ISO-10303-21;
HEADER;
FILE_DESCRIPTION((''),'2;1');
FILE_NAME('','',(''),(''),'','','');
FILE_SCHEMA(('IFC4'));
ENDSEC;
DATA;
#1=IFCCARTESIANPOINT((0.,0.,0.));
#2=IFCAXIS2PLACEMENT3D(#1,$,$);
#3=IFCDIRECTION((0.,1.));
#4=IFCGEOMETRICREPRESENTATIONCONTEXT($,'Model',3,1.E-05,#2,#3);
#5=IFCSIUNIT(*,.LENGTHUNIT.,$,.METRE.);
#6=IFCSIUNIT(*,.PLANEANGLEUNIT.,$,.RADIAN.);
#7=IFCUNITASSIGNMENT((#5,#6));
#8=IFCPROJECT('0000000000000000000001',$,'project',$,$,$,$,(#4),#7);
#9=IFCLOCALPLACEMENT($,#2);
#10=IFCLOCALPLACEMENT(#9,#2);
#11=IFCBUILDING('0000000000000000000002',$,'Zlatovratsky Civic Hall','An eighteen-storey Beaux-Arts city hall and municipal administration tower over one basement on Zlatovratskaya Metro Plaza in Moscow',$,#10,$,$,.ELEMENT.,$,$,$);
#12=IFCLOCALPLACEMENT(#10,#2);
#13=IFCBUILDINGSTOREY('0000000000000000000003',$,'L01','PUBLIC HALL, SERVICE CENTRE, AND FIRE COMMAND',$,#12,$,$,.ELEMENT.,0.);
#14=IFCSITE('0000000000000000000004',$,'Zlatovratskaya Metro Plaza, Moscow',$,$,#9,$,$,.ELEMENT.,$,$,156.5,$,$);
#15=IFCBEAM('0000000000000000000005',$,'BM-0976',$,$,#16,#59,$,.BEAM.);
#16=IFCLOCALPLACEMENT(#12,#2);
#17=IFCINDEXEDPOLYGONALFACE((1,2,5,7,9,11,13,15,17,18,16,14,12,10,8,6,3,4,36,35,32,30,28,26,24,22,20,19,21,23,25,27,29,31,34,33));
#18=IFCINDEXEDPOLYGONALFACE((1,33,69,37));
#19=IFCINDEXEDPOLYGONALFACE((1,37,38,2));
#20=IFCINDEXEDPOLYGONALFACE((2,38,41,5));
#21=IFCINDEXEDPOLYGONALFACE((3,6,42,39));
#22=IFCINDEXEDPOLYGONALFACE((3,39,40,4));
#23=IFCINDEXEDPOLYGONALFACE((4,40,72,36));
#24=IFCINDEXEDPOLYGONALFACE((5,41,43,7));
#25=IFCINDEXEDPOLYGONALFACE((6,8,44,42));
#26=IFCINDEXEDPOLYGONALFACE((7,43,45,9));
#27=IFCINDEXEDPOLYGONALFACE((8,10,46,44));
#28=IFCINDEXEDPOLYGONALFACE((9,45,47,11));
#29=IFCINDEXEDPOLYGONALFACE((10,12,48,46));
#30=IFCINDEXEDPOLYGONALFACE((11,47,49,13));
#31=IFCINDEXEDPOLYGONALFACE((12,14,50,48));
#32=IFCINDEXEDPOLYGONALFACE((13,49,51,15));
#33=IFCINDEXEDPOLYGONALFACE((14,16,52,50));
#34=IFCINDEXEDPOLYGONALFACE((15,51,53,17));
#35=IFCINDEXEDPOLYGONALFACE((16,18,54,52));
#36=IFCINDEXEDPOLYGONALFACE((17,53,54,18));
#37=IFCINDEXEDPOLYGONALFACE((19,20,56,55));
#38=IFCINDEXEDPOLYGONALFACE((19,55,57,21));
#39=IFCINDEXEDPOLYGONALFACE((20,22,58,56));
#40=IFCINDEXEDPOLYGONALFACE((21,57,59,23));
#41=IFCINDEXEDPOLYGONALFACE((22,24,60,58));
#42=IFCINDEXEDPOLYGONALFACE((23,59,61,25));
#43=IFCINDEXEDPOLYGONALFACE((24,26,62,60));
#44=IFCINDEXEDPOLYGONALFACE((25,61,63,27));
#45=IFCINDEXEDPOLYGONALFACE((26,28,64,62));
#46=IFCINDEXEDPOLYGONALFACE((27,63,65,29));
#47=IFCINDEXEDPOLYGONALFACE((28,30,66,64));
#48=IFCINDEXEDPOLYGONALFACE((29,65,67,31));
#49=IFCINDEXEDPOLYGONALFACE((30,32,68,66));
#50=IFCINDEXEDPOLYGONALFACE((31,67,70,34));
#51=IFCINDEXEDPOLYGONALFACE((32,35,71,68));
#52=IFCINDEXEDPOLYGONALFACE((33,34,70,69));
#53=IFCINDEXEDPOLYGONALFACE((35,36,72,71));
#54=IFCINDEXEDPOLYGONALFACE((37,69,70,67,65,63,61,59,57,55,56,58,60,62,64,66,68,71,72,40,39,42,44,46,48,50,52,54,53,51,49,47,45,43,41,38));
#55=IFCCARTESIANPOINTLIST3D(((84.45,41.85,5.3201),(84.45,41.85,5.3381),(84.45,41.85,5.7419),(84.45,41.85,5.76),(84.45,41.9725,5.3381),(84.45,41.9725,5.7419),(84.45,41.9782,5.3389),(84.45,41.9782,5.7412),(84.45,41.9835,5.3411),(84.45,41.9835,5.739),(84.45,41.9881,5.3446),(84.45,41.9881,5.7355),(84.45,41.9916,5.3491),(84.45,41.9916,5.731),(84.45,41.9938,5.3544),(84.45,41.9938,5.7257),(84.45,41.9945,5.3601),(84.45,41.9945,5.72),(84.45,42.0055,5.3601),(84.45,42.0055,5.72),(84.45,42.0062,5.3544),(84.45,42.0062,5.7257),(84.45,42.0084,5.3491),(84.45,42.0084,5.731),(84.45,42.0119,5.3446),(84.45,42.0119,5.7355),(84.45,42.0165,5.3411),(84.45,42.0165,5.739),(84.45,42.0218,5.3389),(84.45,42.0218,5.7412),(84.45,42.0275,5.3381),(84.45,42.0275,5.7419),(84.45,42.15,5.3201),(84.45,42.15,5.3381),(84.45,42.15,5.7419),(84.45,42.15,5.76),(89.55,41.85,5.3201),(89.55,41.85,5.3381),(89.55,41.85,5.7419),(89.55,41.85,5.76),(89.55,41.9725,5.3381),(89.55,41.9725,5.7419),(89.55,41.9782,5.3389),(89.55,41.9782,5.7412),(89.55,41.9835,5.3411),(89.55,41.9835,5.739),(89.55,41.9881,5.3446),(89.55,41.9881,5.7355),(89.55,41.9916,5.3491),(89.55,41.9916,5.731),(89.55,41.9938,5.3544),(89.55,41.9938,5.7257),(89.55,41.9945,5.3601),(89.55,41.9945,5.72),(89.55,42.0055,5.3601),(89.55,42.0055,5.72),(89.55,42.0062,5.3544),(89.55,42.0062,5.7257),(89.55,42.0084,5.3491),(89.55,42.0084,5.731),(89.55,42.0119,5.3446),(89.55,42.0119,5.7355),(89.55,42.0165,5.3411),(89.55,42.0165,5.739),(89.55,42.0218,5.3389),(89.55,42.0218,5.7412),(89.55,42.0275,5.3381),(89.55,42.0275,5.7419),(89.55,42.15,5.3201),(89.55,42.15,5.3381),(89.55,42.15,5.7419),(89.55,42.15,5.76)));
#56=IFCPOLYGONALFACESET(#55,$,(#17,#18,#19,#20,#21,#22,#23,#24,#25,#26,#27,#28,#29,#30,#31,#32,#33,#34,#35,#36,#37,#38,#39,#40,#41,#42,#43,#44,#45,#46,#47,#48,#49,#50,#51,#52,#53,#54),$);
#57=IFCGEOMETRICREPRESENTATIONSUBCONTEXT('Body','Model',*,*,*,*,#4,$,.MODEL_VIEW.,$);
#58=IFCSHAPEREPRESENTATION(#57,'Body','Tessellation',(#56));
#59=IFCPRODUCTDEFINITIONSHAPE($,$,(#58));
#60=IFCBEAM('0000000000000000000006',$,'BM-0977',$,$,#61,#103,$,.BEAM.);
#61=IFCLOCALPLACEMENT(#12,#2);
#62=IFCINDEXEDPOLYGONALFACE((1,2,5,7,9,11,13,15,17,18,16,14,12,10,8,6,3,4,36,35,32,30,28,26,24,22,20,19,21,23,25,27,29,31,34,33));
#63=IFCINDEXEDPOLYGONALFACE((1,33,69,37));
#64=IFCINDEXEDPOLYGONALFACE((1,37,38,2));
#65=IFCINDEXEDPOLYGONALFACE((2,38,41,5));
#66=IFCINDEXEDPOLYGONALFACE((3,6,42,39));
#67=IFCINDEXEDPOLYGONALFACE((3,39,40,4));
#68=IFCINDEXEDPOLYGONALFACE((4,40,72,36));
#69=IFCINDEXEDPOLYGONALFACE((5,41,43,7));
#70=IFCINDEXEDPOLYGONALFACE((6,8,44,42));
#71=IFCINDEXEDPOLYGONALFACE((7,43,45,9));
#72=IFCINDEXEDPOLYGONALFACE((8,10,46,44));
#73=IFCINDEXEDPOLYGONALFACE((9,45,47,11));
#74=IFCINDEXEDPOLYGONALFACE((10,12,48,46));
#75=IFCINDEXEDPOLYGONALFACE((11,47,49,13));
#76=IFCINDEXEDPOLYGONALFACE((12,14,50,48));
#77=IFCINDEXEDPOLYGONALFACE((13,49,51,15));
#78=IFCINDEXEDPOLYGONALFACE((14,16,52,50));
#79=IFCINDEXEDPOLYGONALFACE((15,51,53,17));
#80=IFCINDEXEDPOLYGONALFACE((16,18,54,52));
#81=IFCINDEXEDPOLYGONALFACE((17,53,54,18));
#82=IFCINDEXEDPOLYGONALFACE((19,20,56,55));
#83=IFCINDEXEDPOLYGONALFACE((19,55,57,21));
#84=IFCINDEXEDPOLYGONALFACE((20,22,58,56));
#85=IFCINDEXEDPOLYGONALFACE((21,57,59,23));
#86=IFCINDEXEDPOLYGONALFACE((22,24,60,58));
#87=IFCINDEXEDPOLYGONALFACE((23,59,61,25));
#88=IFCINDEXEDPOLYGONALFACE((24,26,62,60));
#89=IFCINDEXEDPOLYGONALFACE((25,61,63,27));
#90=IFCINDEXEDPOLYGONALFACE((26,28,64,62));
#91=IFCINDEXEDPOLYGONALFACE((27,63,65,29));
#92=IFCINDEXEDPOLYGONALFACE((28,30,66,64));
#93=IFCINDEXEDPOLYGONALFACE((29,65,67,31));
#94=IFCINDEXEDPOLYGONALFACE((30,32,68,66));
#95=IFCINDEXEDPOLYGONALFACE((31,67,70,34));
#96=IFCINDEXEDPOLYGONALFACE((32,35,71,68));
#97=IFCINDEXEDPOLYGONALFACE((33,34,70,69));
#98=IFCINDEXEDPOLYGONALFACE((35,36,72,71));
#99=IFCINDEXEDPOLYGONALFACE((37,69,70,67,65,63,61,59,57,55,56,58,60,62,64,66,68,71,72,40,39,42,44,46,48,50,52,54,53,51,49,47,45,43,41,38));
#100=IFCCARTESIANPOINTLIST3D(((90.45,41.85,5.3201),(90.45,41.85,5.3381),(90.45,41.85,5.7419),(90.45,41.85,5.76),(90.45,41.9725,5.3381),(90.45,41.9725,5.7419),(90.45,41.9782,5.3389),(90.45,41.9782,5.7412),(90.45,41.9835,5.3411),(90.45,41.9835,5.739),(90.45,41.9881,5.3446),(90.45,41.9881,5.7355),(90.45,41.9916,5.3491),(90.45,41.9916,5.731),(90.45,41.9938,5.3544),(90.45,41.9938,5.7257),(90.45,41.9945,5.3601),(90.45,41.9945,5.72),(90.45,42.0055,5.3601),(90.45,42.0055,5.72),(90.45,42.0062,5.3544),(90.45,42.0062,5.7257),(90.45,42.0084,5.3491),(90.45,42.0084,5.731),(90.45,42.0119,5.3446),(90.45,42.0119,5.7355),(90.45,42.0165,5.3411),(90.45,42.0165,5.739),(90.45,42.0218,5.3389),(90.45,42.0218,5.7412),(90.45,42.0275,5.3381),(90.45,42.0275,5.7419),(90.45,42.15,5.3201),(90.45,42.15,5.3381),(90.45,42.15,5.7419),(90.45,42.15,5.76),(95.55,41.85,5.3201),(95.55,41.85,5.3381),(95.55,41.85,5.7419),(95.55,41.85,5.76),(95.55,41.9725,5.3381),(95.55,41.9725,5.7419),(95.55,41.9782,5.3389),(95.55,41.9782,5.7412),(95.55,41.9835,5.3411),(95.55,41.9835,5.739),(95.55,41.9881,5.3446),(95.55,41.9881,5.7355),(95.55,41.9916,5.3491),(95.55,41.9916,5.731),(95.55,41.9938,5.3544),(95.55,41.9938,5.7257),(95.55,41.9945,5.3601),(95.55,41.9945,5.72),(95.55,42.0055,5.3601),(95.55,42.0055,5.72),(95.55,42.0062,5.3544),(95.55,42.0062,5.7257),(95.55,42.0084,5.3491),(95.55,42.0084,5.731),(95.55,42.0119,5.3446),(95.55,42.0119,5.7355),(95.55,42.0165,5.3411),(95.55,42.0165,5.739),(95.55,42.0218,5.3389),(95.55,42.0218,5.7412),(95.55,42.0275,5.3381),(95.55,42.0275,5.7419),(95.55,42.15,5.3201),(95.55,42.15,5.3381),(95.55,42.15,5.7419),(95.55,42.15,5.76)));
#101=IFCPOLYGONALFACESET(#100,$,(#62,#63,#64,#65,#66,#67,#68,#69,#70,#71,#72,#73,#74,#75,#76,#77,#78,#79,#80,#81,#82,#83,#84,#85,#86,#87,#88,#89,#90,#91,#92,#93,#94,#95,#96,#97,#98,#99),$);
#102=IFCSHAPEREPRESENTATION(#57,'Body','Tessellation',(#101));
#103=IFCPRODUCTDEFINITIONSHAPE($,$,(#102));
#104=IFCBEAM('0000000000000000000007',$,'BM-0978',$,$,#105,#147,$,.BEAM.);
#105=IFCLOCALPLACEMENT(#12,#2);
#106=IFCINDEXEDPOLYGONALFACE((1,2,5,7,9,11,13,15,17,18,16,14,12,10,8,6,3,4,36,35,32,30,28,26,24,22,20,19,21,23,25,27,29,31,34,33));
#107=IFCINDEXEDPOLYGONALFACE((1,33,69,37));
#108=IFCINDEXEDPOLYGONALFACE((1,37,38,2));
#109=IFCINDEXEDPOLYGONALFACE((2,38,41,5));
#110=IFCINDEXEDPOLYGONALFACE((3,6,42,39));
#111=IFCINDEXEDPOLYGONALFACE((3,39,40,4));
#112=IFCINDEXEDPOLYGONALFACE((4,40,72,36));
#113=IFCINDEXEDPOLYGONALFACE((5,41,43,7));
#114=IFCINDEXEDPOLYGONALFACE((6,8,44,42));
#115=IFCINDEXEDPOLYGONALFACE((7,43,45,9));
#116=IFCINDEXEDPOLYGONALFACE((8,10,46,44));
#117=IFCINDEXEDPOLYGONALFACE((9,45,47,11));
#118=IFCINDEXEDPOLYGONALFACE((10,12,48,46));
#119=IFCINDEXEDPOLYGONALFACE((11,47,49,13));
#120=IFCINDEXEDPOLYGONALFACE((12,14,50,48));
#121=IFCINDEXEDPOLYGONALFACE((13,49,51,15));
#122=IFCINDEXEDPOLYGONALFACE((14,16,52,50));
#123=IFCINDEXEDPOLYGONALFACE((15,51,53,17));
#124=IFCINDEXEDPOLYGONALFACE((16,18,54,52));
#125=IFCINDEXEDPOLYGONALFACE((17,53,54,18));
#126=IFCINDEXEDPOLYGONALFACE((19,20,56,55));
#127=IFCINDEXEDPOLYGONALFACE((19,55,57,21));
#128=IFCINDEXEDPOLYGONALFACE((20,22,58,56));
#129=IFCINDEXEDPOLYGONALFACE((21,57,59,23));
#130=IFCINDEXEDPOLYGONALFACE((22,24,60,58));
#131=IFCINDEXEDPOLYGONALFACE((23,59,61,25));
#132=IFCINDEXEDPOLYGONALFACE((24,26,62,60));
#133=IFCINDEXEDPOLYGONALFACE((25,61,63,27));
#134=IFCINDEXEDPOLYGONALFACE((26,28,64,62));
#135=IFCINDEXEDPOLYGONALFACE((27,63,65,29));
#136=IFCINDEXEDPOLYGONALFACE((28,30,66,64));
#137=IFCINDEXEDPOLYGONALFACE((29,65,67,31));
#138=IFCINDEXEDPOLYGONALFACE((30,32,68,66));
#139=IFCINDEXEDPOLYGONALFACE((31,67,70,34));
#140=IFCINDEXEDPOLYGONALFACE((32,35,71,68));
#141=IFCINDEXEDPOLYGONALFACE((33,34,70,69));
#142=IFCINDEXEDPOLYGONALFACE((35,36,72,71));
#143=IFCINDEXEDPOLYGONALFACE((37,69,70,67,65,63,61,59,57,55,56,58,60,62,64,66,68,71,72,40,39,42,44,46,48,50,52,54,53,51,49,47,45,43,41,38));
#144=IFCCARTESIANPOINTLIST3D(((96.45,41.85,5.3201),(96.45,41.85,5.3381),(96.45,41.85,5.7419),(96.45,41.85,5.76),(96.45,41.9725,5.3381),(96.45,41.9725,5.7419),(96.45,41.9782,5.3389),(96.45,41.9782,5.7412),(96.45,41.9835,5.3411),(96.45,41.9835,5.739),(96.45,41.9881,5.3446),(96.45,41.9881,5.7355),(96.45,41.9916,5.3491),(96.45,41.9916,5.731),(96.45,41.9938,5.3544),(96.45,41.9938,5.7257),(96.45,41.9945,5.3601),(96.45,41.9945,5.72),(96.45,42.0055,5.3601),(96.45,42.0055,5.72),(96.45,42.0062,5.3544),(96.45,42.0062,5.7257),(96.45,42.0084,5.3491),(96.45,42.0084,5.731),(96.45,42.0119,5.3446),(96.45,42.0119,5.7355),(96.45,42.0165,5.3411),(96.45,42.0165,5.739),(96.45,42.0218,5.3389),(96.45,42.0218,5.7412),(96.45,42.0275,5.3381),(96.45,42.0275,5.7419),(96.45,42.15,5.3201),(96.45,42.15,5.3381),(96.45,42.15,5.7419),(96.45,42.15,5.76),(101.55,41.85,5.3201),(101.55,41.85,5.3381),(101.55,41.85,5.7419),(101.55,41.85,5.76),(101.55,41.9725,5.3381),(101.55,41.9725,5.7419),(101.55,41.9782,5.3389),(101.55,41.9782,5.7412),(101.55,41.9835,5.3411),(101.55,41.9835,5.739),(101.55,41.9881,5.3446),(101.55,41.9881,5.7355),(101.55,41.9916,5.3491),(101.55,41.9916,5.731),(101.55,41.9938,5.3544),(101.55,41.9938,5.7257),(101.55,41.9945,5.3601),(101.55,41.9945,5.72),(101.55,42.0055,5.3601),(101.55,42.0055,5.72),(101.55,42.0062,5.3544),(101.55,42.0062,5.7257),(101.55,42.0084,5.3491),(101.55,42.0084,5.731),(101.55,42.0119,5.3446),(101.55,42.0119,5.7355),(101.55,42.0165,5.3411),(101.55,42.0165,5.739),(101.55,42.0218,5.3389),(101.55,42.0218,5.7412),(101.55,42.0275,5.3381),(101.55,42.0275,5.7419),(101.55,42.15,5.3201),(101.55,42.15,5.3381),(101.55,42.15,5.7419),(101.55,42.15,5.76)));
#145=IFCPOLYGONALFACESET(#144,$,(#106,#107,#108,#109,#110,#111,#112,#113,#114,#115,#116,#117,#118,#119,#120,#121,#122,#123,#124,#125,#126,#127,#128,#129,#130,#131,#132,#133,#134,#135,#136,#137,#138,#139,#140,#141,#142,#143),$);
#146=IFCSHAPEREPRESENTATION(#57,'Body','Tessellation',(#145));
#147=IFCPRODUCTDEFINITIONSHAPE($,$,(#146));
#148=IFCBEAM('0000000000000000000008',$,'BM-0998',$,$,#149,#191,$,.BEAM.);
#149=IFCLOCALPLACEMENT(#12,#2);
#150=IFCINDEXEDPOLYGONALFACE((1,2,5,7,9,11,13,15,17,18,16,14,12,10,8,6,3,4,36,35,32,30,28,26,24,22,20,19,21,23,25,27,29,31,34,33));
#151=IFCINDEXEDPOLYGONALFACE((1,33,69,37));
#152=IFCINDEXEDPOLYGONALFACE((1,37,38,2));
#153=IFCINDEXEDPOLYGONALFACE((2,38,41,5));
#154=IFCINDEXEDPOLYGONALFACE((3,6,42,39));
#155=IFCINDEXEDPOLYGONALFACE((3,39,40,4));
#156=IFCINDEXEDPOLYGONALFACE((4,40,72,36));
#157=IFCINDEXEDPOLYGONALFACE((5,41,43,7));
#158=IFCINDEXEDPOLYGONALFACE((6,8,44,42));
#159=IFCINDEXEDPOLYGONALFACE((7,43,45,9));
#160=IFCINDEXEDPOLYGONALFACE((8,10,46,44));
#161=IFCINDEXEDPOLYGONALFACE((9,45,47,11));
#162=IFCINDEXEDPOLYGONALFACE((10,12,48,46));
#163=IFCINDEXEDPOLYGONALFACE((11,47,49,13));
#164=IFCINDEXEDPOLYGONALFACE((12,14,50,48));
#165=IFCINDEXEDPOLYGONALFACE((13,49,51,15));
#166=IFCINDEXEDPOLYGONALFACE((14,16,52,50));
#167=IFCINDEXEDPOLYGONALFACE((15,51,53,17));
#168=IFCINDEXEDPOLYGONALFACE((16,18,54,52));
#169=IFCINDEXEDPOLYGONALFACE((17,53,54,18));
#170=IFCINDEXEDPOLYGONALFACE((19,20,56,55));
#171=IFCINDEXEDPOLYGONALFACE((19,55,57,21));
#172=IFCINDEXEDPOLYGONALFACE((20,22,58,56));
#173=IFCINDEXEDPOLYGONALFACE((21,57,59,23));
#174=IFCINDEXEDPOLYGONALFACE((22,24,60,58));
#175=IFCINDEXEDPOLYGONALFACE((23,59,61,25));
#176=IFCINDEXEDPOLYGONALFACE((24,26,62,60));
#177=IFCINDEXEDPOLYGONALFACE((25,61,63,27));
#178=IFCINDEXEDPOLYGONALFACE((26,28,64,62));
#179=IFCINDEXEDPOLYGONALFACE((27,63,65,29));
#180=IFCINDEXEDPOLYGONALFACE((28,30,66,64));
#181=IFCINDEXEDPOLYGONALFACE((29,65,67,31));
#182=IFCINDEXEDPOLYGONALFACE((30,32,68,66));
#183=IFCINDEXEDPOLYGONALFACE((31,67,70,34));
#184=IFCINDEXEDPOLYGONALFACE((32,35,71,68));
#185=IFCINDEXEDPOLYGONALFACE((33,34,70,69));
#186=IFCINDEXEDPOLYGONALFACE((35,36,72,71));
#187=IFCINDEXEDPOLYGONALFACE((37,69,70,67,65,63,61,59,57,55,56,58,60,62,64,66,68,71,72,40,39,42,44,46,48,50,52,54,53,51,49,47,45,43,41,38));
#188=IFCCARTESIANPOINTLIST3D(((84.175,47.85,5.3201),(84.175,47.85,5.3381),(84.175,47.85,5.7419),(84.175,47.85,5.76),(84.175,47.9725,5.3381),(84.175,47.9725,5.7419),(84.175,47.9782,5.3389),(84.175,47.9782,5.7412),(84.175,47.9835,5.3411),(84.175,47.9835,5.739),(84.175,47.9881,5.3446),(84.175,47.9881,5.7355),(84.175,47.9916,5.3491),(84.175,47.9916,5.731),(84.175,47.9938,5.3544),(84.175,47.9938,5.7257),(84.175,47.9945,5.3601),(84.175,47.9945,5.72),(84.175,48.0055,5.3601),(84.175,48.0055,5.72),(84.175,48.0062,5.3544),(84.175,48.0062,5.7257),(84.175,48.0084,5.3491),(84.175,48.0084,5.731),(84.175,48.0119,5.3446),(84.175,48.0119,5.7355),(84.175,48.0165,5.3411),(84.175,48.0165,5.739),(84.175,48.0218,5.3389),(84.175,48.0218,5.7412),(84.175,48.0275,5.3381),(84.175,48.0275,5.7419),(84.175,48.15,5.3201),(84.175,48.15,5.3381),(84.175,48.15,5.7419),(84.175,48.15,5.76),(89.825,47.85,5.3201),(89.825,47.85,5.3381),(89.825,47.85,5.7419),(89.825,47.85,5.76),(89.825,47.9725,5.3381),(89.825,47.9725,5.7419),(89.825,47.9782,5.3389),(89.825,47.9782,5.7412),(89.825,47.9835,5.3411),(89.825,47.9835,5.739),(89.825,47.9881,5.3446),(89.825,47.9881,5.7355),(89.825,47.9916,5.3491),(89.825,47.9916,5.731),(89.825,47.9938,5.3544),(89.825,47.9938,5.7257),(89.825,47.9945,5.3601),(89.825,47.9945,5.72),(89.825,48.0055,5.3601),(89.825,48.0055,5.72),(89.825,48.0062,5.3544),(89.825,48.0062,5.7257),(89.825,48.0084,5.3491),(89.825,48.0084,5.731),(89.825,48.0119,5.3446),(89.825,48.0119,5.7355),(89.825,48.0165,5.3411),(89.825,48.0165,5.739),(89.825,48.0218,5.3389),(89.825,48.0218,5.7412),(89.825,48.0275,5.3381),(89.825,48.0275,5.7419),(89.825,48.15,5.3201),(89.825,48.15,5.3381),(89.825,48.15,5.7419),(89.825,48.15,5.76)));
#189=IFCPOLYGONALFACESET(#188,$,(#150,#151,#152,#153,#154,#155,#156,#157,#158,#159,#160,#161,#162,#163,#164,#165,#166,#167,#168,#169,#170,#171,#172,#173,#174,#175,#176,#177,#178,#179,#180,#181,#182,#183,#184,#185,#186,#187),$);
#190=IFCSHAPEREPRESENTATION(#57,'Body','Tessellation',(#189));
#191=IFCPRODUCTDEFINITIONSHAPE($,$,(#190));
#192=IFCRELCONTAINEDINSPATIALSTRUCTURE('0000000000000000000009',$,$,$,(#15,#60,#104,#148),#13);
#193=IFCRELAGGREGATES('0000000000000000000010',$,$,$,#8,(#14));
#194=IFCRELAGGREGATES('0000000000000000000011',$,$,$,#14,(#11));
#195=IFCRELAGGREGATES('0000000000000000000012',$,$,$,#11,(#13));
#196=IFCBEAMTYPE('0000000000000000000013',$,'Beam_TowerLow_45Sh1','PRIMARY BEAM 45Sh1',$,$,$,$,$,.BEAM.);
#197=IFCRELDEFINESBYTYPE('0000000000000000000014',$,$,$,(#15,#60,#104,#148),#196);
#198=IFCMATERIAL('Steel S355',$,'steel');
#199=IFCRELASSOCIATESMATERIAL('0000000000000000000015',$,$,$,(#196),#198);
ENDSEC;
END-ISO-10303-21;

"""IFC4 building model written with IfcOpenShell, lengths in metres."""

from ifc_helpers import new_model, si_unit, direction, frame, origin, origin_2d, place, context, subcontext, project, spatial, i_section, extrude, material, material_profile, profile_set, type_object, element, save


model = new_model("IFC4")

# Units and contexts
model_context = context("Model", 3, precision=1e-05, world=origin(), true_north=direction((0.0, 1.0)))
body_context = subcontext(model_context, "Body", "Model", "MODEL_VIEW")
ifc_project = project(units=[si_unit("LENGTHUNIT", "METRE"), si_unit("PLANEANGLEUNIT", "RADIAN")], contexts=[model_context])

# Site, building, storey
site_placement = place(None, origin())
site = spatial("IfcSite", under=ifc_project, at=site_placement, Name="Zlatovratskaya Metro Plaza, Moscow", CompositionType="ELEMENT", RefElevation=156.5)
building_placement = place(site_placement, origin())
building = spatial("IfcBuilding", under=site, at=building_placement, Name="Zlatovratsky Civic Hall", Description="An eighteen-storey Beaux-Arts city hall and municipal administration tower over one basement on Zlatovratskaya Metro Plaza in Moscow", CompositionType="ELEMENT")
storey_placement = place(building_placement, origin())
storey = spatial("IfcBuildingStorey", under=building, at=storey_placement, Name="L01", Description="PUBLIC HALL, SERVICE CENTRE, AND FIRE COMMAND", CompositionType="ELEMENT", Elevation=0.0)

# Shared definitions
ifc_material_1 = material(Name="Steel S355", Category="steel")

# Beams
ifc_material_profile_1 = material_profile(ifc_material_1, i_section(OverallWidth=0.3, OverallDepth=0.4399, WebThickness=0.011, FlangeThickness=0.0181, FilletRadius=0.022, at=origin_2d()), Name="45Sh1")
ifc_profile_set_1 = profile_set([ifc_material_profile_1], Name="Steel S355")
beam_type = type_object("IfcBeamType", Name="Beam_TowerLow_45Sh1", Description="PRIMARY BEAM 45Sh1", PredefinedType="BEAM", material=ifc_profile_set_1)
for number, where, z_axis, x_axis, name in (
    (1, (84.45, 42.0, 5.54), (1.0, 0.0, 0.0), (0.0, 1.0, 0.0), "BM-0976"),
    (2, (90.45, 42.0, 5.54), (1.0, 0.0, 0.0), (0.0, 1.0, 0.0), "BM-0977"),
    (3, (96.45, 42.0, 5.54), (1.0, 0.0, 0.0), (0.0, 1.0, 0.0), "BM-0978"),
):
    element("IfcBeam", number, at=place(storey_placement, frame(where, z_axis=z_axis, x_axis=x_axis)), inside=storey, type_object=beam_type, Name=name, PredefinedType="BEAM", context=body_context, shape_type="SweptSolid", body=[
        extrude(i_section(OverallWidth=0.3, OverallDepth=0.4399, WebThickness=0.011, FlangeThickness=0.0181, FilletRadius=0.022, at=origin_2d()), origin(), (0.0, 0.0, 1.0), 5.1001),
    ])
for number, where, z_axis, x_axis, name in (
    (4, (84.175, 48.0, 5.54), (1.0, 0.0, 0.0), (0.0, 1.0, 0.0), "BM-0998"),
):
    element("IfcBeam", number, at=place(storey_placement, frame(where, z_axis=z_axis, x_axis=x_axis)), inside=storey, type_object=beam_type, Name=name, PredefinedType="BEAM", context=body_context, shape_type="SweptSolid", body=[
        extrude(i_section(OverallWidth=0.3, OverallDepth=0.4399, WebThickness=0.011, FlangeThickness=0.0181, FilletRadius=0.022, at=origin_2d()), origin(), (0.0, 0.0, 1.0), 5.6499),
    ])

save(model, "model.ifc")
